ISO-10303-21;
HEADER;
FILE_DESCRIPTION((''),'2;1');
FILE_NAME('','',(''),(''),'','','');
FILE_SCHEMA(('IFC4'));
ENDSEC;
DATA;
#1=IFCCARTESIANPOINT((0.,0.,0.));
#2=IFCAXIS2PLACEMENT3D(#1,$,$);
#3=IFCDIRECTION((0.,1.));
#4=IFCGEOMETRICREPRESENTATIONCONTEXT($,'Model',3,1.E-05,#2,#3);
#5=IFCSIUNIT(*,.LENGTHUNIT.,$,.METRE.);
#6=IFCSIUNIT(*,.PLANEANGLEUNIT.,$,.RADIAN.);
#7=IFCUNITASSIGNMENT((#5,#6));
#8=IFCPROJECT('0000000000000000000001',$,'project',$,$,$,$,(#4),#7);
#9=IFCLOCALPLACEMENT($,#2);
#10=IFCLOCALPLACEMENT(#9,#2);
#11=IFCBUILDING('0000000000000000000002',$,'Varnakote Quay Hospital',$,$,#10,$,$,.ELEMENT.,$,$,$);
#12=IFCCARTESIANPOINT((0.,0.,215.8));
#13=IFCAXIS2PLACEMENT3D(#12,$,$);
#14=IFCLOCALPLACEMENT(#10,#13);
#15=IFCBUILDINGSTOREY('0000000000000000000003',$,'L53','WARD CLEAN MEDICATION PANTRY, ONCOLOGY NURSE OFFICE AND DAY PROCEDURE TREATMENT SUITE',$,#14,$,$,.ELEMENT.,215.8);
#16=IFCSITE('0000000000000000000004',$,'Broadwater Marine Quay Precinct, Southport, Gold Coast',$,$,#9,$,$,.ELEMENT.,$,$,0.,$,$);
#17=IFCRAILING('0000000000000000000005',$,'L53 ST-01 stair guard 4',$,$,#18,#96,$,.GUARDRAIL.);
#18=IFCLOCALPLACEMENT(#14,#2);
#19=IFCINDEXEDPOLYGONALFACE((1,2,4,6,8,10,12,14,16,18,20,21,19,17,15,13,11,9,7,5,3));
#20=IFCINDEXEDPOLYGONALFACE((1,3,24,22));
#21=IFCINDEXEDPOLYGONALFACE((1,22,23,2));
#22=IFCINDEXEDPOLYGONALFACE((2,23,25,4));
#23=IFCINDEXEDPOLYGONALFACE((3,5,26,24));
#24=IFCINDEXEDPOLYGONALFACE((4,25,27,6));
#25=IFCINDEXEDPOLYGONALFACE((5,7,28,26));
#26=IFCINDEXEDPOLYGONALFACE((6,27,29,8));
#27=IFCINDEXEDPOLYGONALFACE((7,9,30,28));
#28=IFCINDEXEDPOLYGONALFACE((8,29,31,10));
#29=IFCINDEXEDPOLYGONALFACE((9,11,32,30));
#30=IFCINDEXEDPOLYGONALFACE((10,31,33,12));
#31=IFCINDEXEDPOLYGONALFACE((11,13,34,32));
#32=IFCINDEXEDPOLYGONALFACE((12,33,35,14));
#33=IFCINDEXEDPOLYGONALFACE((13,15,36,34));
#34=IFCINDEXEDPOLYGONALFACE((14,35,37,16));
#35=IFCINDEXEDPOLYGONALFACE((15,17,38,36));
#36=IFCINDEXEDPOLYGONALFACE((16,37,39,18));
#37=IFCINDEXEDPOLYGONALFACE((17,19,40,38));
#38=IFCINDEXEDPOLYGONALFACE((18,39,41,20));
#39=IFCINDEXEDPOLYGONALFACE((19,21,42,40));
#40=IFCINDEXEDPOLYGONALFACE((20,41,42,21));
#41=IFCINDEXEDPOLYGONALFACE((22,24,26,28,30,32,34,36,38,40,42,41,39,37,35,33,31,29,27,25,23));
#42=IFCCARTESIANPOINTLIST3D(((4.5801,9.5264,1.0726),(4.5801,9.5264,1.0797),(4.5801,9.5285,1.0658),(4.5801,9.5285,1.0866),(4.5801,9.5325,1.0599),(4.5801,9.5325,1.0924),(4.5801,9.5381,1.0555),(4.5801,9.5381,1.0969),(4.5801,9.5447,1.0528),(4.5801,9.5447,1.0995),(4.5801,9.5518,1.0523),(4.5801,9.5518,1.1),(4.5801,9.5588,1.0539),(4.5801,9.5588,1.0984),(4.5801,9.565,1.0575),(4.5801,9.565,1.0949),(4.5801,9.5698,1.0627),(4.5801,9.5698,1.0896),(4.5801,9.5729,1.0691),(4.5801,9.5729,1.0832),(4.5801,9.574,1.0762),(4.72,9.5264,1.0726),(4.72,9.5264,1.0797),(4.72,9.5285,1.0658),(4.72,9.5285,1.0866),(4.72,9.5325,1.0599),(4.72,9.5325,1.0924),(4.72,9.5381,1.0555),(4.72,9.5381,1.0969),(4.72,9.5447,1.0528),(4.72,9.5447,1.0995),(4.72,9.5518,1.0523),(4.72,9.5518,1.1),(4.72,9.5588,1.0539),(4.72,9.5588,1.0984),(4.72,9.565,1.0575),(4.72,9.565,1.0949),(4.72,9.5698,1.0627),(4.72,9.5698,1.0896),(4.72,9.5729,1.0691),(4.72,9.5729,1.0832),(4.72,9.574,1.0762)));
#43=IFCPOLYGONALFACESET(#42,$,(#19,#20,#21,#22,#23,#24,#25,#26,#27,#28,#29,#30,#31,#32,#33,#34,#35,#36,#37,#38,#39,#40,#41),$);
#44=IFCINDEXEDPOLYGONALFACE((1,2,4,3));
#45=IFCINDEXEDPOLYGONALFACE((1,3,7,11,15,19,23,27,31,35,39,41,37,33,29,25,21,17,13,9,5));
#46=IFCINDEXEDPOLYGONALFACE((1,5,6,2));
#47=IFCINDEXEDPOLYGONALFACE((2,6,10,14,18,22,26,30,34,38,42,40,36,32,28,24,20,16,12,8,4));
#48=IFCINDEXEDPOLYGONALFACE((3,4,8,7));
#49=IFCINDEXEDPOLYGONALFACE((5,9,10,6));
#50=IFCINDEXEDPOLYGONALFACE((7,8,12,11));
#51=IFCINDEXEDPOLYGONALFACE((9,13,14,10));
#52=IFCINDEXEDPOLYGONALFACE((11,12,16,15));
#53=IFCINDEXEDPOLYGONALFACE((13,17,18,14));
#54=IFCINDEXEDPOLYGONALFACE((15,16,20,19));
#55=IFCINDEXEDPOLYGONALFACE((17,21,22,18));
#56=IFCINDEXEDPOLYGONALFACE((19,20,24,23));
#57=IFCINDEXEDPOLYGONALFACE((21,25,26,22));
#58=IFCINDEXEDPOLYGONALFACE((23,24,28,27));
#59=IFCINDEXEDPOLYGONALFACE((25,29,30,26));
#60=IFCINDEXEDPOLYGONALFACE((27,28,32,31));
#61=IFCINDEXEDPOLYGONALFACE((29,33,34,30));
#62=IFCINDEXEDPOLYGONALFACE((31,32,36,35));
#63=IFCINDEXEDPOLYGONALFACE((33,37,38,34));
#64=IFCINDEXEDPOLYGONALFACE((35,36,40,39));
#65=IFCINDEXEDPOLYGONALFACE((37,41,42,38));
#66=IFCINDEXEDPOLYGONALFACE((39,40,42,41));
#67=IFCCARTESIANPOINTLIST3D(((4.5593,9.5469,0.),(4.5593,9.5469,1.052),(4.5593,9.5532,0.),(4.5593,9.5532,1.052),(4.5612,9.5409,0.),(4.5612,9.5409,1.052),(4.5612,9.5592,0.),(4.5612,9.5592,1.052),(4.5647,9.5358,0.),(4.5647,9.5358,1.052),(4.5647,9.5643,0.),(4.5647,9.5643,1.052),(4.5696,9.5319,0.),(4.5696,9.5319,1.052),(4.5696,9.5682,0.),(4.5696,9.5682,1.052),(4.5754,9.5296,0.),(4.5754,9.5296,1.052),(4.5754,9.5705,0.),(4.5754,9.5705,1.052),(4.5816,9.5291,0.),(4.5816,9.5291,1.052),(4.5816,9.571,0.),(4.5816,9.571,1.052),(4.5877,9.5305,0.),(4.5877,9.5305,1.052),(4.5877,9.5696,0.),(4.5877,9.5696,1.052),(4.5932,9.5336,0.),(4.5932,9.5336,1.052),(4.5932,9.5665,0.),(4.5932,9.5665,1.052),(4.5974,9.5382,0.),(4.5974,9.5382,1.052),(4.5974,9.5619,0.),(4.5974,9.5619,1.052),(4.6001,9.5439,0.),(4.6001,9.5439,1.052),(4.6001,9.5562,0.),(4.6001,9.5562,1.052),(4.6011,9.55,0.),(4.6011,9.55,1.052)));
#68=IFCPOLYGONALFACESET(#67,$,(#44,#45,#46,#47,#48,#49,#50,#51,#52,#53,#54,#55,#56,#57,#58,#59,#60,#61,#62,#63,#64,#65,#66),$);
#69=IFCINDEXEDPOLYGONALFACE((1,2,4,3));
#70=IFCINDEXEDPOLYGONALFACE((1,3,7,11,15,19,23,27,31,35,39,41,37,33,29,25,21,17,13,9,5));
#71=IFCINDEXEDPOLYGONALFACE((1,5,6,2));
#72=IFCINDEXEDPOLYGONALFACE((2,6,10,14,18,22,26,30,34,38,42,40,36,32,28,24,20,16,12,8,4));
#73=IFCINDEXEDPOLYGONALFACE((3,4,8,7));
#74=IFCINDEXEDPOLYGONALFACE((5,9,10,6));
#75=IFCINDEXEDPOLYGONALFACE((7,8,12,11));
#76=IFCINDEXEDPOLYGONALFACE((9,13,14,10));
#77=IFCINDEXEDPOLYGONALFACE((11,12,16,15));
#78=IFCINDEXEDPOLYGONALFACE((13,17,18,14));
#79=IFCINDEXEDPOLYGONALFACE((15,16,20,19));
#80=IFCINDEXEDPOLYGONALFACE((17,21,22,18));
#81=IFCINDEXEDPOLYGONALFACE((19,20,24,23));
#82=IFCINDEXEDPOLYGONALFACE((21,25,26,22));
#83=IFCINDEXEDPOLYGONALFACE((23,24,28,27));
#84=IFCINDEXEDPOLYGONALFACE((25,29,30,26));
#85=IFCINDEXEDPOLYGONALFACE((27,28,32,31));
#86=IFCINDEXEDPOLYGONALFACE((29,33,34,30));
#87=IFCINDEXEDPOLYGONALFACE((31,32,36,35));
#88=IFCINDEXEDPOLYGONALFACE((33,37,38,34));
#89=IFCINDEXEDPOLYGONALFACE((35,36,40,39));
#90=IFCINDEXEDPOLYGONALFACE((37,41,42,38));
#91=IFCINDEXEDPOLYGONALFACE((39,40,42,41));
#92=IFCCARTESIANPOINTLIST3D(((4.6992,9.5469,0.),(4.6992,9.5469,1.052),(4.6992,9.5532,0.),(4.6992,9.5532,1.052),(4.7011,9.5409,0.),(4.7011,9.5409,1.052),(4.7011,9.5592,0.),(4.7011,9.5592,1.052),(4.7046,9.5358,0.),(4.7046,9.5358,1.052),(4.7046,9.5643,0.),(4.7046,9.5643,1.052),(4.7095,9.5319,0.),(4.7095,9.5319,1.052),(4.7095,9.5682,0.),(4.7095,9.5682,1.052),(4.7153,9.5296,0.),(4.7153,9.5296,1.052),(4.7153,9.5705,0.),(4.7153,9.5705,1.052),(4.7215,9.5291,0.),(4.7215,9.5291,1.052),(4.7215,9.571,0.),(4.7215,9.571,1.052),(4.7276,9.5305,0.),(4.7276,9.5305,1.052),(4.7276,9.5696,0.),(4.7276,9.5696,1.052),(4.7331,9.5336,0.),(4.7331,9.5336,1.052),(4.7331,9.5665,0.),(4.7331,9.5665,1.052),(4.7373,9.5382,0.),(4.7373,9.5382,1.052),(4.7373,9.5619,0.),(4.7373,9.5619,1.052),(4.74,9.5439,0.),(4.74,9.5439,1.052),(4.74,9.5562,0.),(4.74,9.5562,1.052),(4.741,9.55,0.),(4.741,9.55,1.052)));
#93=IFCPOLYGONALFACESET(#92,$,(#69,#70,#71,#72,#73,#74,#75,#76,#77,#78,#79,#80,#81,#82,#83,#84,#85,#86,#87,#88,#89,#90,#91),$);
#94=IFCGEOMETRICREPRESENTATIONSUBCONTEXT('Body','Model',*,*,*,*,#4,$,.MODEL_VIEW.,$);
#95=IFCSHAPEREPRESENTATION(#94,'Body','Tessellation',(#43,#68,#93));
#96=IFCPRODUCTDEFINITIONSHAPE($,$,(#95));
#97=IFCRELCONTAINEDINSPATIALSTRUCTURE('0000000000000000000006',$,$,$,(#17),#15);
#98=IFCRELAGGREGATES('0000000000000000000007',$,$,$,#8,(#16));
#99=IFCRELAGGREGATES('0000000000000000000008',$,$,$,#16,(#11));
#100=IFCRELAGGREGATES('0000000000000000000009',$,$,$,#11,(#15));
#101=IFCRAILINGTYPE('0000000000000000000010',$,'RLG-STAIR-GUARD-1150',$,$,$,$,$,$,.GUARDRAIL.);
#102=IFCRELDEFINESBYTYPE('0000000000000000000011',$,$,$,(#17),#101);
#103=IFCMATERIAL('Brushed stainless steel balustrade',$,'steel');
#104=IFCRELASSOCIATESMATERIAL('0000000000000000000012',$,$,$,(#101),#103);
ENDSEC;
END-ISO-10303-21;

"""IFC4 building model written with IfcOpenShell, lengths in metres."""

from ifc_helpers import new_model, si_unit, direction, frame, origin, origin_2d, place, context, subcontext, project, spatial, circle, extrude, material, type_object, element, save


model = new_model("IFC4")

# Units and contexts
model_context = context("Model", 3, precision=1e-05, world=origin(), true_north=direction((0.0, 1.0)))
body_context = subcontext(model_context, "Body", "Model", "MODEL_VIEW")
ifc_project = project(units=[si_unit("LENGTHUNIT", "METRE"), si_unit("PLANEANGLEUNIT", "RADIAN")], contexts=[model_context])

# Site, building, storey
site_placement = place(None, origin())
site = spatial("IfcSite", under=ifc_project, at=site_placement, Name="Broadwater Marine Quay Precinct, Southport, Gold Coast", CompositionType="ELEMENT", RefElevation=0.0)
building_placement = place(site_placement, origin())
building = spatial("IfcBuilding", under=site, at=building_placement, Name="Varnakote Quay Hospital", CompositionType="ELEMENT")
storey_placement = place(building_placement, frame((0.0, 0.0, 215.8)))
storey = spatial("IfcBuildingStorey", under=building, at=storey_placement, Name="L53", Description="WARD CLEAN MEDICATION PANTRY, ONCOLOGY NURSE OFFICE AND DAY PROCEDURE TREATMENT SUITE", CompositionType="ELEMENT", Elevation=215.8)

# Railing
ifc_material_1 = material(Name="Brushed stainless steel balustrade", Category="steel")
railing_type_1 = type_object("IfcRailingType", Name="RLG-STAIR-GUARD-1150", PredefinedType="GUARDRAIL", material=ifc_material_1)
railing_1_placement = place(storey_placement, frame((4.5801, 9.55, 0.0)))
element("IfcRailing", 1, at=railing_1_placement, inside=storey, type_object=railing_type_1, Name="L53 ST-01 stair guard 4", PredefinedType="GUARDRAIL", context=body_context, shape_type="SweptSolid", body=[
    extrude(circle(Radius=0.0239, at=origin_2d()), frame((0.0, 0.0, 1.0762), z_axis=(1.0, 0.0, 0.0), x_axis=(0.0, 1.0, 0.0)), (0.0, 0.0, 1.0), 0.1399),
    extrude(circle(Radius=0.021, at=origin_2d()), origin(), (0.0, 0.0, 1.0), 1.052),
    extrude(circle(Radius=0.021, at=origin_2d()), frame((0.1399, 0.0, 0.0)), (0.0, 0.0, 1.0), 1.052),
])

save(model, "model.ifc")
